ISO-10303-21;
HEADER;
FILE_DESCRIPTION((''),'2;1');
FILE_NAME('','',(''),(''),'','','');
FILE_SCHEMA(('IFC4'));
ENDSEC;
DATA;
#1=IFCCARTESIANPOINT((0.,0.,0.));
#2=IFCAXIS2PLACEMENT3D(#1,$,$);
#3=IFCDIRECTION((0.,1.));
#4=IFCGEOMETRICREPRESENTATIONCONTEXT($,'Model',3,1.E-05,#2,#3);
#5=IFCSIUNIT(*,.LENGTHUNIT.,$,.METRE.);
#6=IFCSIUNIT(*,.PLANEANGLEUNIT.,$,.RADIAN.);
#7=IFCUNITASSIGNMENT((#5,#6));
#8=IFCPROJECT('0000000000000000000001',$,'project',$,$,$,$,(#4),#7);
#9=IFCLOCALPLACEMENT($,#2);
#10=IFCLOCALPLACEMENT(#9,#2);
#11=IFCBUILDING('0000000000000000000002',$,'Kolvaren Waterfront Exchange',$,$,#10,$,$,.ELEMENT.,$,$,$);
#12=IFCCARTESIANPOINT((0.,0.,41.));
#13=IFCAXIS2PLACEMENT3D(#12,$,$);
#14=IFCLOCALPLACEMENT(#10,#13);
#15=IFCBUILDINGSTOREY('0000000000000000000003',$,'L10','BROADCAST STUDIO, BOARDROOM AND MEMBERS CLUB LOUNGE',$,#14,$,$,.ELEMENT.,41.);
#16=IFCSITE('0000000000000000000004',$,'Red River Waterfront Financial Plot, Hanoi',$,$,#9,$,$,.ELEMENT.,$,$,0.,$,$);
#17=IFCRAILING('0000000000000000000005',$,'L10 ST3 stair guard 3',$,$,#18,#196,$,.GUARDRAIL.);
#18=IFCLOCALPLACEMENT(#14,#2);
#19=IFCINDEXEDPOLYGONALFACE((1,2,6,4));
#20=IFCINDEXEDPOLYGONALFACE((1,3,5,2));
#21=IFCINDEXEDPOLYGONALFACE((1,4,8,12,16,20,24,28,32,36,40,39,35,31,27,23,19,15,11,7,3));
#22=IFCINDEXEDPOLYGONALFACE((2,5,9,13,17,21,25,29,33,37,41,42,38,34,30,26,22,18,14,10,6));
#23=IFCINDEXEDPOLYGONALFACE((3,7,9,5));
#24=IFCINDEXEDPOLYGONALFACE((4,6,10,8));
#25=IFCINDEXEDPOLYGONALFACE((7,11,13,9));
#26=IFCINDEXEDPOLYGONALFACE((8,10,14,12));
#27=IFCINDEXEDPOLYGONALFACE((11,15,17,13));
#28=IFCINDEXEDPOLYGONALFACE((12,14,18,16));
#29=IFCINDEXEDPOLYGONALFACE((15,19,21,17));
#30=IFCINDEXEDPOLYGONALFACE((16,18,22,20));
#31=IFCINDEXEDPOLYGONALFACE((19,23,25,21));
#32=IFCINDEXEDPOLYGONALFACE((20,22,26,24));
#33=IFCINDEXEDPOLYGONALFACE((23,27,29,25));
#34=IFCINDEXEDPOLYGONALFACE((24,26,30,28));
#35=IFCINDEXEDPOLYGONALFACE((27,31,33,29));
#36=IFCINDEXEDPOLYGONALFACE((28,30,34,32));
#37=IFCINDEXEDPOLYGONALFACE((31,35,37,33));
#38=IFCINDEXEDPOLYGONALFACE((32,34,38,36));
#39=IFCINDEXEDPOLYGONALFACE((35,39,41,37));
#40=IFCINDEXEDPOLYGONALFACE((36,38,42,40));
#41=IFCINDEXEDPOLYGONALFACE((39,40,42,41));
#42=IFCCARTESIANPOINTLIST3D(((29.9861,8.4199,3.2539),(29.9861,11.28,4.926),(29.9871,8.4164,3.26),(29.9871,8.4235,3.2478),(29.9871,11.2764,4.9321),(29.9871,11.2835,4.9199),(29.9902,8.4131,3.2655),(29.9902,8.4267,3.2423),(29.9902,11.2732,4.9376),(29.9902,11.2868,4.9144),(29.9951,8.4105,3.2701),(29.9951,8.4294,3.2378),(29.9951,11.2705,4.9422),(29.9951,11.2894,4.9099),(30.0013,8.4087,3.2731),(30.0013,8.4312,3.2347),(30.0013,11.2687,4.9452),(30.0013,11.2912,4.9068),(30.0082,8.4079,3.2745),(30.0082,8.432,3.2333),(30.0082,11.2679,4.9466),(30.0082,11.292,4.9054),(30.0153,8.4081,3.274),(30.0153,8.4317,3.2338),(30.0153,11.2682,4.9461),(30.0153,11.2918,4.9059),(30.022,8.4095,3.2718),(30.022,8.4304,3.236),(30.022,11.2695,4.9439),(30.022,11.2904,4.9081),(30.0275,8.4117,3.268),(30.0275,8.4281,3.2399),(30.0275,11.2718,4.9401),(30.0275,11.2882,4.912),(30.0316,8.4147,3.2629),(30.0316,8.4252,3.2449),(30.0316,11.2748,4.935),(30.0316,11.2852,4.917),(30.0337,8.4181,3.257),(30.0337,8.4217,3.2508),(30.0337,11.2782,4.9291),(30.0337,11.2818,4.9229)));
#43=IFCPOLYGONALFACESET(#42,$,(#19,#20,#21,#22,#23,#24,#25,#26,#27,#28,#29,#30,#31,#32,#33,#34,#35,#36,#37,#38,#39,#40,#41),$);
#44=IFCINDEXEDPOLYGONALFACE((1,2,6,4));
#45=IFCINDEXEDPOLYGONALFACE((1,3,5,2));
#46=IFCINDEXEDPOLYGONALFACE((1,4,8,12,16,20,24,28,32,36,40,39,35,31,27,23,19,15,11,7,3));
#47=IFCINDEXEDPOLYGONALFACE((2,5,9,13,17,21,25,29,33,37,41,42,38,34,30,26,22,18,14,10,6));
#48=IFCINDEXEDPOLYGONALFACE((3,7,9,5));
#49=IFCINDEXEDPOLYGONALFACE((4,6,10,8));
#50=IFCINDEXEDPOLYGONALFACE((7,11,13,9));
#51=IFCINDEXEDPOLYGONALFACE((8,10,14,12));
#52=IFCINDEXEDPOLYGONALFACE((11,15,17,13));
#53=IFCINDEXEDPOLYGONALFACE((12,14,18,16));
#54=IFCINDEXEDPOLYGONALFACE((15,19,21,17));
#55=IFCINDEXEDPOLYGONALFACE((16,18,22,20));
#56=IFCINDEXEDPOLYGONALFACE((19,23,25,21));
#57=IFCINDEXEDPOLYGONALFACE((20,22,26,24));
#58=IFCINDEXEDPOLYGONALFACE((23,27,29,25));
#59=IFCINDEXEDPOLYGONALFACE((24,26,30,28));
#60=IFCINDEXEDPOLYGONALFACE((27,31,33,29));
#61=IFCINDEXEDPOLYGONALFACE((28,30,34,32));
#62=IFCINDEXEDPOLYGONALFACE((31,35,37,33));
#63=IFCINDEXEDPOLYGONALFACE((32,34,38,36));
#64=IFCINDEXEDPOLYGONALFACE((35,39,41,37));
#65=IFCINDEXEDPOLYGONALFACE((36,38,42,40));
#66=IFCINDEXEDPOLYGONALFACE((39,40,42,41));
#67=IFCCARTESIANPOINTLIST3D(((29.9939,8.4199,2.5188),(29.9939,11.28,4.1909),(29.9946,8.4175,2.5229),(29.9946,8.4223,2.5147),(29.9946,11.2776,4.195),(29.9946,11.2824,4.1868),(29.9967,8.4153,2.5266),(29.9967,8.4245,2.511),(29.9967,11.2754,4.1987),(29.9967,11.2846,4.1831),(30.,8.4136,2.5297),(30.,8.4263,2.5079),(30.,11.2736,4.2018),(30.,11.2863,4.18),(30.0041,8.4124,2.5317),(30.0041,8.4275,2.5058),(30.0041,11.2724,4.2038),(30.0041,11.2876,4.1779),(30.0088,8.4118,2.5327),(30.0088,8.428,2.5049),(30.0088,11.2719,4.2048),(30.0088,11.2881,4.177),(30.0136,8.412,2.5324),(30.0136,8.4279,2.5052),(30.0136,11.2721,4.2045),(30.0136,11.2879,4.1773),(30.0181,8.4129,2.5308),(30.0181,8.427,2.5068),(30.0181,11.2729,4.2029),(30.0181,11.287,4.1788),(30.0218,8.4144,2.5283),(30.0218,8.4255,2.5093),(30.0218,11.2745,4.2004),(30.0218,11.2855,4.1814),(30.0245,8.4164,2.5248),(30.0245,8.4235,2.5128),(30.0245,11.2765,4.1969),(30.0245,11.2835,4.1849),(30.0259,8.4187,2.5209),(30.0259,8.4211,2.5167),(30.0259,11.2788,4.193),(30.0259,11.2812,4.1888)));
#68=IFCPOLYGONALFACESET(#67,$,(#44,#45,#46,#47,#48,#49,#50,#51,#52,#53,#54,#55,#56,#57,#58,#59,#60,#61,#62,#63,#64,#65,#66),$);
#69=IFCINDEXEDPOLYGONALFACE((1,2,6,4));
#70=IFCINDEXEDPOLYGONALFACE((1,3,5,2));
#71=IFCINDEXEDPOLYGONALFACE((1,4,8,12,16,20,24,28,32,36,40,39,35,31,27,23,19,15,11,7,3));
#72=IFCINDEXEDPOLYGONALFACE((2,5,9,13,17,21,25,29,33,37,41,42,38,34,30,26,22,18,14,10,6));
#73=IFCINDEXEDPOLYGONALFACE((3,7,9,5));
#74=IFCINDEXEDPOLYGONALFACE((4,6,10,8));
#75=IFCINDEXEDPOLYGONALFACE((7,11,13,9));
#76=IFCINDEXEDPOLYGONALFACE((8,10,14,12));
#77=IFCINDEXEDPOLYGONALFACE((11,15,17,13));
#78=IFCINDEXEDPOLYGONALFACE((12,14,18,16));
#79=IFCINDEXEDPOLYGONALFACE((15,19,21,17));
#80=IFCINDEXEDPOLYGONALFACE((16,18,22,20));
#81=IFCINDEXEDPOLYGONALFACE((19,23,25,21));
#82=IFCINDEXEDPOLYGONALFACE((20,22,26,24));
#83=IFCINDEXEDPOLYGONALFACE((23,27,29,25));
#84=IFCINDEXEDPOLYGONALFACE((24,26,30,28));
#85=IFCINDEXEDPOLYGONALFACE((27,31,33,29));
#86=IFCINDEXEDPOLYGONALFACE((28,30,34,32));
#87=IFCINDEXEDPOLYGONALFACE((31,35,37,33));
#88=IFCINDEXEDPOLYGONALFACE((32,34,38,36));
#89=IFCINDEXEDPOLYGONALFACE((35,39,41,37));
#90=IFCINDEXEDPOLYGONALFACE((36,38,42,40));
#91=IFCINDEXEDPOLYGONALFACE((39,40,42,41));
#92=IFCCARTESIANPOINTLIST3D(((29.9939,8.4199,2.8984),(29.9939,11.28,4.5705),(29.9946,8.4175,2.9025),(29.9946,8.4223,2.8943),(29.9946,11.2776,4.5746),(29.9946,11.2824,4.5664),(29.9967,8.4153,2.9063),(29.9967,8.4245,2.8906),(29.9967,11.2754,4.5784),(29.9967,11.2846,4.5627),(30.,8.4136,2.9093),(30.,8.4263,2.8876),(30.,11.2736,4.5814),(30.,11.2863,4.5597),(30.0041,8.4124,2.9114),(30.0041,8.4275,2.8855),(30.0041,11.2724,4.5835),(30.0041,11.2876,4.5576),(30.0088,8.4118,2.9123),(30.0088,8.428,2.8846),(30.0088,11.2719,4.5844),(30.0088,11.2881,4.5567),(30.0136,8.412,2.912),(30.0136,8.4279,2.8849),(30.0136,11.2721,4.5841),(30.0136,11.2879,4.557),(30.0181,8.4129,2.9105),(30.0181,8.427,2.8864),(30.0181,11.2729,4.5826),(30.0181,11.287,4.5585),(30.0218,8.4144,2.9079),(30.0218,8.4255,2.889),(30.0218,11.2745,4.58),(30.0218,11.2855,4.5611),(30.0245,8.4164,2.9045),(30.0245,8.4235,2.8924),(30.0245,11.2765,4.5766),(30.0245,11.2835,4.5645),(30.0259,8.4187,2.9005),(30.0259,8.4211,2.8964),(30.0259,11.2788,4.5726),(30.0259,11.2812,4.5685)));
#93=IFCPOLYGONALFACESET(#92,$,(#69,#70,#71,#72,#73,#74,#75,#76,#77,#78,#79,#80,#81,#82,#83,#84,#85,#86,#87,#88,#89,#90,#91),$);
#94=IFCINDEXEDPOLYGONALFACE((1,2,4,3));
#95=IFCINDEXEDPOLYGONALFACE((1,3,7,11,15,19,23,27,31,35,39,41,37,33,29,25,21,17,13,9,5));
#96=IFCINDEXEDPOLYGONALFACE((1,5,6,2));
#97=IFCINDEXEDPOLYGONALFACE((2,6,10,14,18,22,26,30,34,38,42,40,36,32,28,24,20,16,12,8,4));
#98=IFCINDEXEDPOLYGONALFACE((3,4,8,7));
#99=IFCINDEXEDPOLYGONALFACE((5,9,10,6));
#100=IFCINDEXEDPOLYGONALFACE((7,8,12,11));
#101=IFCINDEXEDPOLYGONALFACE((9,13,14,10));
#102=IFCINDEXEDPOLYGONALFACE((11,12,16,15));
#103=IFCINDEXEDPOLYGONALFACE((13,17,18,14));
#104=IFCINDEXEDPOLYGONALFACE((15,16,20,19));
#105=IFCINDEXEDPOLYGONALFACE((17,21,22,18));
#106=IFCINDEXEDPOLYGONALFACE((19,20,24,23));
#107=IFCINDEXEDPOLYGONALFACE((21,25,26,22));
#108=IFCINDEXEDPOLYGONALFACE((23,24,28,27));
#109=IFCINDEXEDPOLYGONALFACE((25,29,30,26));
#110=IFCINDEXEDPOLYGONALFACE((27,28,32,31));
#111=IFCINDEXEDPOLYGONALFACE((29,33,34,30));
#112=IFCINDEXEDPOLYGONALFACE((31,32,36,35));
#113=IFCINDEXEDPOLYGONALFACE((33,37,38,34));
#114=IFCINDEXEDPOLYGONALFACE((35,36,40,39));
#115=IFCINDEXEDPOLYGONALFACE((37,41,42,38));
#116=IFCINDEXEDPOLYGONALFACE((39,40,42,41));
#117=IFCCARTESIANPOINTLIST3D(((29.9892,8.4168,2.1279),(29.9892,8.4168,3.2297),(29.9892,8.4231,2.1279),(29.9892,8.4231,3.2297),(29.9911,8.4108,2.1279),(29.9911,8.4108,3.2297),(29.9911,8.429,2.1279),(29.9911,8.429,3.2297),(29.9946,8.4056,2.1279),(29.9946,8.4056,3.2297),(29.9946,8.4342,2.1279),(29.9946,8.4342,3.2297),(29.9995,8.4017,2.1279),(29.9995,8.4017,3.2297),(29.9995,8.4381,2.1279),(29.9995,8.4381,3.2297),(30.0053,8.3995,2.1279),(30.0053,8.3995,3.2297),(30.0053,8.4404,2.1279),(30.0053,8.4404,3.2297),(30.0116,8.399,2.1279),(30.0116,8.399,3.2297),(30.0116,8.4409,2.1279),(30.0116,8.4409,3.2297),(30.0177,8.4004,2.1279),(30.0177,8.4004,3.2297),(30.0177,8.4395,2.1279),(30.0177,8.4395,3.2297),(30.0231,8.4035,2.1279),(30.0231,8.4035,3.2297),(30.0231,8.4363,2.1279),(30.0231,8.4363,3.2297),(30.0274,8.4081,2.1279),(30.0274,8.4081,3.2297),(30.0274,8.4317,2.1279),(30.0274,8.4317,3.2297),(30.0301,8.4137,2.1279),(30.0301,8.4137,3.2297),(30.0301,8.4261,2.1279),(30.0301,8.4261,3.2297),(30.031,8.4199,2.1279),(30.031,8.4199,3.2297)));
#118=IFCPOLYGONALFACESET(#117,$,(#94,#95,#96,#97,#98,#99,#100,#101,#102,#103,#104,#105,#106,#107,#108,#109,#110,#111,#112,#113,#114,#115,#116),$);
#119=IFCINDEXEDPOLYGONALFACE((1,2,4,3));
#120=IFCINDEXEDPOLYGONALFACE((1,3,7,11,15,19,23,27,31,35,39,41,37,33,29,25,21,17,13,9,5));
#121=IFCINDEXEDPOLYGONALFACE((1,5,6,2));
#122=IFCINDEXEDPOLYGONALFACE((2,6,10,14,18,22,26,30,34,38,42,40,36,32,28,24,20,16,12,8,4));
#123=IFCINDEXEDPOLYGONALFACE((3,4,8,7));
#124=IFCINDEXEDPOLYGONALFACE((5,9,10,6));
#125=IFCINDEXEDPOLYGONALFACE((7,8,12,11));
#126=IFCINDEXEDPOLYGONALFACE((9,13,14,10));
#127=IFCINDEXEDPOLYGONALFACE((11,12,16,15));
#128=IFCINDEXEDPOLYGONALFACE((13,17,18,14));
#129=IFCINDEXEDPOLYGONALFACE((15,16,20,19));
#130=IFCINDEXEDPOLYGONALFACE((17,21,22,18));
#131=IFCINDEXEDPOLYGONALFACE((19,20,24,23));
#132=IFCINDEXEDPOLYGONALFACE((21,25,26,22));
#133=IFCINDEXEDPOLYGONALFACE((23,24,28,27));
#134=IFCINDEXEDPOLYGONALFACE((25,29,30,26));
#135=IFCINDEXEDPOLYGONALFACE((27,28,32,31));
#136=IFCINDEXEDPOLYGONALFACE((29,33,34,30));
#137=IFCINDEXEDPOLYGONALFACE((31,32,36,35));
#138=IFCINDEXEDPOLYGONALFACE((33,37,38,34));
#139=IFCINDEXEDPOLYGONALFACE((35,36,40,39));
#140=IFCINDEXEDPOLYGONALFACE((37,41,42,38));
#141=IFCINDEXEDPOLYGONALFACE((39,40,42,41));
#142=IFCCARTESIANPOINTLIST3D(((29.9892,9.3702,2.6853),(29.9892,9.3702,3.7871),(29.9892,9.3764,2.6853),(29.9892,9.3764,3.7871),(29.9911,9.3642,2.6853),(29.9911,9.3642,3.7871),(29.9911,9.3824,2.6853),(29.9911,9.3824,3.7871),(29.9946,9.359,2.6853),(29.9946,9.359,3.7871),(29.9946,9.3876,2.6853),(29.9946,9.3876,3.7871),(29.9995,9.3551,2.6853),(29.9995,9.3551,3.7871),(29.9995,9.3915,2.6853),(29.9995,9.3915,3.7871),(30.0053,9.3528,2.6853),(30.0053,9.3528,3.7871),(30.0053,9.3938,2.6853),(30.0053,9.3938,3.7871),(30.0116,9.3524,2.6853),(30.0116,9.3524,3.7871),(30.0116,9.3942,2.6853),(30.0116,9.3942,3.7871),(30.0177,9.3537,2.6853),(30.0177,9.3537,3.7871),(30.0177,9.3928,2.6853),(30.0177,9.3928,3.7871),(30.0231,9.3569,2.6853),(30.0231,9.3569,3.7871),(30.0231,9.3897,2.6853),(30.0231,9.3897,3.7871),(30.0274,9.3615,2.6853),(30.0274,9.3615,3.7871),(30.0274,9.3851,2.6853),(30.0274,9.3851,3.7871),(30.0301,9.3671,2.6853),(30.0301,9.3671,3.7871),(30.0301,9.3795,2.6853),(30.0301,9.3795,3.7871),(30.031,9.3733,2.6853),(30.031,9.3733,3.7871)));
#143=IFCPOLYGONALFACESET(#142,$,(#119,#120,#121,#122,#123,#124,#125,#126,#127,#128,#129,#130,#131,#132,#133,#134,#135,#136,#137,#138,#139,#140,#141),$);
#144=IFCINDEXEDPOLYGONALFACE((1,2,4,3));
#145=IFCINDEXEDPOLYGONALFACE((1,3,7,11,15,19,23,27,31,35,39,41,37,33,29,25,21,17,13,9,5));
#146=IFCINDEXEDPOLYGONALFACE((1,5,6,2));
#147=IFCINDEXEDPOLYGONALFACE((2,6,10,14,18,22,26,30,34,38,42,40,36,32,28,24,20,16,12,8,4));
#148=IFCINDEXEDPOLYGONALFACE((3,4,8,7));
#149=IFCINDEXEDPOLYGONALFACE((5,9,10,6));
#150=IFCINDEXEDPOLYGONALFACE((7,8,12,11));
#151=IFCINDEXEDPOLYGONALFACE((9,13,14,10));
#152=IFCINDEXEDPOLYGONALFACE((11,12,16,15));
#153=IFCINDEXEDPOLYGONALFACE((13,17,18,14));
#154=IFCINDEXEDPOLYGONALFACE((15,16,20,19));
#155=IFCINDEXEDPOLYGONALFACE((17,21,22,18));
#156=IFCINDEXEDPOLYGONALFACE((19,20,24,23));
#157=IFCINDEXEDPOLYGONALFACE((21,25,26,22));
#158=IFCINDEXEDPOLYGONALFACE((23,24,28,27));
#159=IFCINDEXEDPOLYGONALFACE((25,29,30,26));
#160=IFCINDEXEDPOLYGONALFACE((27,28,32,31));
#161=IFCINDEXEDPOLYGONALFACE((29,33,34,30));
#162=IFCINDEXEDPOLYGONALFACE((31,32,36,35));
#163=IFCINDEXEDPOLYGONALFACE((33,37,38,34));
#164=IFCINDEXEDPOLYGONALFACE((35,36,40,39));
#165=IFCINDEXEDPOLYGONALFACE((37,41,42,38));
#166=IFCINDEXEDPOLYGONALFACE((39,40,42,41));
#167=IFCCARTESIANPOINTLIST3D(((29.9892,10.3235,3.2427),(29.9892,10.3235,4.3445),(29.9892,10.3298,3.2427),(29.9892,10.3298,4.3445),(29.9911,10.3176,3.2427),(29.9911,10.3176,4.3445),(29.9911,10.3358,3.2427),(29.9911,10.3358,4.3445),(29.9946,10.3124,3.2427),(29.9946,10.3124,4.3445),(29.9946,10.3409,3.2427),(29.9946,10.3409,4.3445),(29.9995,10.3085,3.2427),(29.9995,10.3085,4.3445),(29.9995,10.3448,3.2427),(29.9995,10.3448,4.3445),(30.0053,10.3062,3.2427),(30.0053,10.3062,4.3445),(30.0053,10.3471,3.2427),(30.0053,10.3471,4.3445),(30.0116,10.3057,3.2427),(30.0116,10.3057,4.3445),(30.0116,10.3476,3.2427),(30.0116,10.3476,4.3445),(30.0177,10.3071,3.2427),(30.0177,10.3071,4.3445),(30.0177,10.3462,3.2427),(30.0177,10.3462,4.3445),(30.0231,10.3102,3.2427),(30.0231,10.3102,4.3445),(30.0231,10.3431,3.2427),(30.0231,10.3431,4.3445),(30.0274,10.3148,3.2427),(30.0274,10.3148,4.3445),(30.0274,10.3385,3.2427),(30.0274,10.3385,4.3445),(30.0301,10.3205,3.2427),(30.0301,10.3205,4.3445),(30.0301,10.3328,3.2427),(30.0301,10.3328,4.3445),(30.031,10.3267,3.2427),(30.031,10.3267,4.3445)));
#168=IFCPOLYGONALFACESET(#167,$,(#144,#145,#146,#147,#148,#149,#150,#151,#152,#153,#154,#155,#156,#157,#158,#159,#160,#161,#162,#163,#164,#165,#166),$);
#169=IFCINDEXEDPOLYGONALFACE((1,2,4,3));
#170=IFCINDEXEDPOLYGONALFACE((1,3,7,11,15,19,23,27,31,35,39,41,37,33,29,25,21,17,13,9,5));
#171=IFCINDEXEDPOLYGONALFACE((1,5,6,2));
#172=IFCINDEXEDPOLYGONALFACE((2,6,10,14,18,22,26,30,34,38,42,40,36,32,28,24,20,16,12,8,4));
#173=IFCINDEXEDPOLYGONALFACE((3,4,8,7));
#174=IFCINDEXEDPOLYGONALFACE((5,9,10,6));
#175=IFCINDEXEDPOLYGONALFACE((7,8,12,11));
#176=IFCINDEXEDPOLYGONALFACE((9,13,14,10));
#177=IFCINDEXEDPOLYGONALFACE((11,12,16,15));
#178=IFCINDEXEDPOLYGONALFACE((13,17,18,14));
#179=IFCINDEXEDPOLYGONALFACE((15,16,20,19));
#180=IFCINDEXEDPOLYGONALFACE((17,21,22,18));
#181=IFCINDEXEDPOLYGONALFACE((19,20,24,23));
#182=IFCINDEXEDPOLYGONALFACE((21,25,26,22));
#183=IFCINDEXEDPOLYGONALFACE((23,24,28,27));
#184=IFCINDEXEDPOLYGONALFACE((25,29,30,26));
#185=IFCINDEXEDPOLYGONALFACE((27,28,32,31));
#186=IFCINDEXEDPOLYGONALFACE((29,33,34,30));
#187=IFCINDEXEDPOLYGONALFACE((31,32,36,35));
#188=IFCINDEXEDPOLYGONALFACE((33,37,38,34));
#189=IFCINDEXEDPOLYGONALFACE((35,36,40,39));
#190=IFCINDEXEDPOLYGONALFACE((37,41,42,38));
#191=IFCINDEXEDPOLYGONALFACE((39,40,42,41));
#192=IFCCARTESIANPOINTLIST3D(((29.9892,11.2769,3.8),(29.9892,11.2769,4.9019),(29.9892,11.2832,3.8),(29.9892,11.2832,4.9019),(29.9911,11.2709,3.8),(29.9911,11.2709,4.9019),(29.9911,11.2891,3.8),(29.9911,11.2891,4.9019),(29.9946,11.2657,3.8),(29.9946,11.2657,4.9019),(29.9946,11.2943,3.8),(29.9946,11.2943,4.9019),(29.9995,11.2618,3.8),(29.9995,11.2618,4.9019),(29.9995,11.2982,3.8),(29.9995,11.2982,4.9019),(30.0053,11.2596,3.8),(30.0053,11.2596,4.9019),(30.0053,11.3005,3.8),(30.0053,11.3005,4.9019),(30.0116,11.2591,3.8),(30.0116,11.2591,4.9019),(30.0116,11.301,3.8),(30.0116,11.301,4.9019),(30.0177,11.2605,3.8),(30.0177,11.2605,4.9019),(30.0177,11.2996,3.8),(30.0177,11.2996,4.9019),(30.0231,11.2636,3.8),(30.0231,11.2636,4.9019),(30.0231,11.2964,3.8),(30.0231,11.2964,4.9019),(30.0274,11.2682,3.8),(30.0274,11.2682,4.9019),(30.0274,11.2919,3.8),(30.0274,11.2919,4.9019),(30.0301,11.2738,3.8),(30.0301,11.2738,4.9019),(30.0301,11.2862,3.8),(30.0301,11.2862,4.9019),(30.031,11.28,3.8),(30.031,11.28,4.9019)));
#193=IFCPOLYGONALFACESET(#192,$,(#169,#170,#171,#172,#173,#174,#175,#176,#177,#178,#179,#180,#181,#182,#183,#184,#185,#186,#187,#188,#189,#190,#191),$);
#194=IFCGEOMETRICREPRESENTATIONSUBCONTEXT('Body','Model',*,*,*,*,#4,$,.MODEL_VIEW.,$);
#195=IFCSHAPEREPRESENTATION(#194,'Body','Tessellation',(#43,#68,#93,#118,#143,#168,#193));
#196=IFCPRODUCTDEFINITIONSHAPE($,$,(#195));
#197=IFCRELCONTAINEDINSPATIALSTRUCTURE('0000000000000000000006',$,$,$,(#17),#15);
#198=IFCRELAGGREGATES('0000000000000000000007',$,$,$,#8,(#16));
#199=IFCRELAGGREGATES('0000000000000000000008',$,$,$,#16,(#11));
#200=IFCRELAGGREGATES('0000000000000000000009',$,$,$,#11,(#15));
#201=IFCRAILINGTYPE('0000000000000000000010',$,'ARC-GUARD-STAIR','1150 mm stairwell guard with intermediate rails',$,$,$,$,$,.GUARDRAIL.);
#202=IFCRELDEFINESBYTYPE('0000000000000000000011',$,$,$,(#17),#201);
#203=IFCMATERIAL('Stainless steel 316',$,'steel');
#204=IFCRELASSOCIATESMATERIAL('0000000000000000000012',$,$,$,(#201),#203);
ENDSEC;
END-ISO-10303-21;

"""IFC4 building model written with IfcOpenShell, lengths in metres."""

from ifc_helpers import new_model, si_unit, direction, frame, origin, origin_2d, place, context, subcontext, project, spatial, circle, extrude, material, type_object, element, save


model = new_model("IFC4")

# Units and contexts
model_context = context("Model", 3, precision=1e-05, world=origin(), true_north=direction((0.0, 1.0)))
body_context = subcontext(model_context, "Body", "Model", "MODEL_VIEW")
ifc_project = project(units=[si_unit("LENGTHUNIT", "METRE"), si_unit("PLANEANGLEUNIT", "RADIAN")], contexts=[model_context])

# Site, building, storey
site_placement = place(None, origin())
site = spatial("IfcSite", under=ifc_project, at=site_placement, Name="Red River Waterfront Financial Plot, Hanoi", CompositionType="ELEMENT", RefElevation=0.0)
building_placement = place(site_placement, origin())
building = spatial("IfcBuilding", under=site, at=building_placement, Name="Kolvaren Waterfront Exchange", CompositionType="ELEMENT")
storey_placement = place(building_placement, frame((0.0, 0.0, 41.0)))
storey = spatial("IfcBuildingStorey", under=building, at=storey_placement, Name="L10", Description="BROADCAST STUDIO, BOARDROOM AND MEMBERS CLUB LOUNGE", CompositionType="ELEMENT", Elevation=41.0)

# Railing
ifc_material_1 = material(Name="Stainless steel 316", Category="steel")
railing_type_1 = type_object("IfcRailingType", Name="ARC-GUARD-STAIR", Description="1150 mm stairwell guard with intermediate rails", PredefinedType="GUARDRAIL", material=ifc_material_1)
railing_1_placement = place(storey_placement, frame((30.01, 8.4199, 2.1279)))
element("IfcRailing", 1, at=railing_1_placement, inside=storey, type_object=railing_type_1, Name="L10 ST3 stair guard 3", PredefinedType="GUARDRAIL", context=body_context, shape_type="SweptSolid", body=[
    extrude(circle(Radius=0.0239, at=origin_2d()), frame((0.0, 0.0, 1.126), z_axis=(0.0, 0.863289, 0.504709), x_axis=(-1.0, 0.0, 0.0)), (0.0, 0.0, 1.0), 3.313),
    extrude(circle(Radius=0.0161, at=origin_2d()), frame((0.0, 0.0, 0.3909), z_axis=(0.0, 0.863289, 0.504709), x_axis=(-1.0, 0.0, 0.0)), (0.0, 0.0, 1.0), 3.313),
    extrude(circle(Radius=0.0161, at=origin_2d()), frame((0.0, 0.0, 0.7705), z_axis=(0.0, 0.863289, 0.504709), x_axis=(-1.0, 0.0, 0.0)), (0.0, 0.0, 1.0), 3.313),
    extrude(circle(Radius=0.021, at=origin_2d()), origin(), (0.0, 0.0, 1.0), 1.1018),
    extrude(circle(Radius=0.021, at=origin_2d()), frame((0.0, 0.9534, 0.5574)), (0.0, 0.0, 1.0), 1.1018),
    extrude(circle(Radius=0.021, at=origin_2d()), frame((0.0, 1.9067, 1.1147)), (0.0, 0.0, 1.0), 1.1018),
    extrude(circle(Radius=0.021, at=origin_2d()), frame((0.0, 2.8601, 1.6721)), (0.0, 0.0, 1.0), 1.1018),
])

save(model, "model.ifc")
